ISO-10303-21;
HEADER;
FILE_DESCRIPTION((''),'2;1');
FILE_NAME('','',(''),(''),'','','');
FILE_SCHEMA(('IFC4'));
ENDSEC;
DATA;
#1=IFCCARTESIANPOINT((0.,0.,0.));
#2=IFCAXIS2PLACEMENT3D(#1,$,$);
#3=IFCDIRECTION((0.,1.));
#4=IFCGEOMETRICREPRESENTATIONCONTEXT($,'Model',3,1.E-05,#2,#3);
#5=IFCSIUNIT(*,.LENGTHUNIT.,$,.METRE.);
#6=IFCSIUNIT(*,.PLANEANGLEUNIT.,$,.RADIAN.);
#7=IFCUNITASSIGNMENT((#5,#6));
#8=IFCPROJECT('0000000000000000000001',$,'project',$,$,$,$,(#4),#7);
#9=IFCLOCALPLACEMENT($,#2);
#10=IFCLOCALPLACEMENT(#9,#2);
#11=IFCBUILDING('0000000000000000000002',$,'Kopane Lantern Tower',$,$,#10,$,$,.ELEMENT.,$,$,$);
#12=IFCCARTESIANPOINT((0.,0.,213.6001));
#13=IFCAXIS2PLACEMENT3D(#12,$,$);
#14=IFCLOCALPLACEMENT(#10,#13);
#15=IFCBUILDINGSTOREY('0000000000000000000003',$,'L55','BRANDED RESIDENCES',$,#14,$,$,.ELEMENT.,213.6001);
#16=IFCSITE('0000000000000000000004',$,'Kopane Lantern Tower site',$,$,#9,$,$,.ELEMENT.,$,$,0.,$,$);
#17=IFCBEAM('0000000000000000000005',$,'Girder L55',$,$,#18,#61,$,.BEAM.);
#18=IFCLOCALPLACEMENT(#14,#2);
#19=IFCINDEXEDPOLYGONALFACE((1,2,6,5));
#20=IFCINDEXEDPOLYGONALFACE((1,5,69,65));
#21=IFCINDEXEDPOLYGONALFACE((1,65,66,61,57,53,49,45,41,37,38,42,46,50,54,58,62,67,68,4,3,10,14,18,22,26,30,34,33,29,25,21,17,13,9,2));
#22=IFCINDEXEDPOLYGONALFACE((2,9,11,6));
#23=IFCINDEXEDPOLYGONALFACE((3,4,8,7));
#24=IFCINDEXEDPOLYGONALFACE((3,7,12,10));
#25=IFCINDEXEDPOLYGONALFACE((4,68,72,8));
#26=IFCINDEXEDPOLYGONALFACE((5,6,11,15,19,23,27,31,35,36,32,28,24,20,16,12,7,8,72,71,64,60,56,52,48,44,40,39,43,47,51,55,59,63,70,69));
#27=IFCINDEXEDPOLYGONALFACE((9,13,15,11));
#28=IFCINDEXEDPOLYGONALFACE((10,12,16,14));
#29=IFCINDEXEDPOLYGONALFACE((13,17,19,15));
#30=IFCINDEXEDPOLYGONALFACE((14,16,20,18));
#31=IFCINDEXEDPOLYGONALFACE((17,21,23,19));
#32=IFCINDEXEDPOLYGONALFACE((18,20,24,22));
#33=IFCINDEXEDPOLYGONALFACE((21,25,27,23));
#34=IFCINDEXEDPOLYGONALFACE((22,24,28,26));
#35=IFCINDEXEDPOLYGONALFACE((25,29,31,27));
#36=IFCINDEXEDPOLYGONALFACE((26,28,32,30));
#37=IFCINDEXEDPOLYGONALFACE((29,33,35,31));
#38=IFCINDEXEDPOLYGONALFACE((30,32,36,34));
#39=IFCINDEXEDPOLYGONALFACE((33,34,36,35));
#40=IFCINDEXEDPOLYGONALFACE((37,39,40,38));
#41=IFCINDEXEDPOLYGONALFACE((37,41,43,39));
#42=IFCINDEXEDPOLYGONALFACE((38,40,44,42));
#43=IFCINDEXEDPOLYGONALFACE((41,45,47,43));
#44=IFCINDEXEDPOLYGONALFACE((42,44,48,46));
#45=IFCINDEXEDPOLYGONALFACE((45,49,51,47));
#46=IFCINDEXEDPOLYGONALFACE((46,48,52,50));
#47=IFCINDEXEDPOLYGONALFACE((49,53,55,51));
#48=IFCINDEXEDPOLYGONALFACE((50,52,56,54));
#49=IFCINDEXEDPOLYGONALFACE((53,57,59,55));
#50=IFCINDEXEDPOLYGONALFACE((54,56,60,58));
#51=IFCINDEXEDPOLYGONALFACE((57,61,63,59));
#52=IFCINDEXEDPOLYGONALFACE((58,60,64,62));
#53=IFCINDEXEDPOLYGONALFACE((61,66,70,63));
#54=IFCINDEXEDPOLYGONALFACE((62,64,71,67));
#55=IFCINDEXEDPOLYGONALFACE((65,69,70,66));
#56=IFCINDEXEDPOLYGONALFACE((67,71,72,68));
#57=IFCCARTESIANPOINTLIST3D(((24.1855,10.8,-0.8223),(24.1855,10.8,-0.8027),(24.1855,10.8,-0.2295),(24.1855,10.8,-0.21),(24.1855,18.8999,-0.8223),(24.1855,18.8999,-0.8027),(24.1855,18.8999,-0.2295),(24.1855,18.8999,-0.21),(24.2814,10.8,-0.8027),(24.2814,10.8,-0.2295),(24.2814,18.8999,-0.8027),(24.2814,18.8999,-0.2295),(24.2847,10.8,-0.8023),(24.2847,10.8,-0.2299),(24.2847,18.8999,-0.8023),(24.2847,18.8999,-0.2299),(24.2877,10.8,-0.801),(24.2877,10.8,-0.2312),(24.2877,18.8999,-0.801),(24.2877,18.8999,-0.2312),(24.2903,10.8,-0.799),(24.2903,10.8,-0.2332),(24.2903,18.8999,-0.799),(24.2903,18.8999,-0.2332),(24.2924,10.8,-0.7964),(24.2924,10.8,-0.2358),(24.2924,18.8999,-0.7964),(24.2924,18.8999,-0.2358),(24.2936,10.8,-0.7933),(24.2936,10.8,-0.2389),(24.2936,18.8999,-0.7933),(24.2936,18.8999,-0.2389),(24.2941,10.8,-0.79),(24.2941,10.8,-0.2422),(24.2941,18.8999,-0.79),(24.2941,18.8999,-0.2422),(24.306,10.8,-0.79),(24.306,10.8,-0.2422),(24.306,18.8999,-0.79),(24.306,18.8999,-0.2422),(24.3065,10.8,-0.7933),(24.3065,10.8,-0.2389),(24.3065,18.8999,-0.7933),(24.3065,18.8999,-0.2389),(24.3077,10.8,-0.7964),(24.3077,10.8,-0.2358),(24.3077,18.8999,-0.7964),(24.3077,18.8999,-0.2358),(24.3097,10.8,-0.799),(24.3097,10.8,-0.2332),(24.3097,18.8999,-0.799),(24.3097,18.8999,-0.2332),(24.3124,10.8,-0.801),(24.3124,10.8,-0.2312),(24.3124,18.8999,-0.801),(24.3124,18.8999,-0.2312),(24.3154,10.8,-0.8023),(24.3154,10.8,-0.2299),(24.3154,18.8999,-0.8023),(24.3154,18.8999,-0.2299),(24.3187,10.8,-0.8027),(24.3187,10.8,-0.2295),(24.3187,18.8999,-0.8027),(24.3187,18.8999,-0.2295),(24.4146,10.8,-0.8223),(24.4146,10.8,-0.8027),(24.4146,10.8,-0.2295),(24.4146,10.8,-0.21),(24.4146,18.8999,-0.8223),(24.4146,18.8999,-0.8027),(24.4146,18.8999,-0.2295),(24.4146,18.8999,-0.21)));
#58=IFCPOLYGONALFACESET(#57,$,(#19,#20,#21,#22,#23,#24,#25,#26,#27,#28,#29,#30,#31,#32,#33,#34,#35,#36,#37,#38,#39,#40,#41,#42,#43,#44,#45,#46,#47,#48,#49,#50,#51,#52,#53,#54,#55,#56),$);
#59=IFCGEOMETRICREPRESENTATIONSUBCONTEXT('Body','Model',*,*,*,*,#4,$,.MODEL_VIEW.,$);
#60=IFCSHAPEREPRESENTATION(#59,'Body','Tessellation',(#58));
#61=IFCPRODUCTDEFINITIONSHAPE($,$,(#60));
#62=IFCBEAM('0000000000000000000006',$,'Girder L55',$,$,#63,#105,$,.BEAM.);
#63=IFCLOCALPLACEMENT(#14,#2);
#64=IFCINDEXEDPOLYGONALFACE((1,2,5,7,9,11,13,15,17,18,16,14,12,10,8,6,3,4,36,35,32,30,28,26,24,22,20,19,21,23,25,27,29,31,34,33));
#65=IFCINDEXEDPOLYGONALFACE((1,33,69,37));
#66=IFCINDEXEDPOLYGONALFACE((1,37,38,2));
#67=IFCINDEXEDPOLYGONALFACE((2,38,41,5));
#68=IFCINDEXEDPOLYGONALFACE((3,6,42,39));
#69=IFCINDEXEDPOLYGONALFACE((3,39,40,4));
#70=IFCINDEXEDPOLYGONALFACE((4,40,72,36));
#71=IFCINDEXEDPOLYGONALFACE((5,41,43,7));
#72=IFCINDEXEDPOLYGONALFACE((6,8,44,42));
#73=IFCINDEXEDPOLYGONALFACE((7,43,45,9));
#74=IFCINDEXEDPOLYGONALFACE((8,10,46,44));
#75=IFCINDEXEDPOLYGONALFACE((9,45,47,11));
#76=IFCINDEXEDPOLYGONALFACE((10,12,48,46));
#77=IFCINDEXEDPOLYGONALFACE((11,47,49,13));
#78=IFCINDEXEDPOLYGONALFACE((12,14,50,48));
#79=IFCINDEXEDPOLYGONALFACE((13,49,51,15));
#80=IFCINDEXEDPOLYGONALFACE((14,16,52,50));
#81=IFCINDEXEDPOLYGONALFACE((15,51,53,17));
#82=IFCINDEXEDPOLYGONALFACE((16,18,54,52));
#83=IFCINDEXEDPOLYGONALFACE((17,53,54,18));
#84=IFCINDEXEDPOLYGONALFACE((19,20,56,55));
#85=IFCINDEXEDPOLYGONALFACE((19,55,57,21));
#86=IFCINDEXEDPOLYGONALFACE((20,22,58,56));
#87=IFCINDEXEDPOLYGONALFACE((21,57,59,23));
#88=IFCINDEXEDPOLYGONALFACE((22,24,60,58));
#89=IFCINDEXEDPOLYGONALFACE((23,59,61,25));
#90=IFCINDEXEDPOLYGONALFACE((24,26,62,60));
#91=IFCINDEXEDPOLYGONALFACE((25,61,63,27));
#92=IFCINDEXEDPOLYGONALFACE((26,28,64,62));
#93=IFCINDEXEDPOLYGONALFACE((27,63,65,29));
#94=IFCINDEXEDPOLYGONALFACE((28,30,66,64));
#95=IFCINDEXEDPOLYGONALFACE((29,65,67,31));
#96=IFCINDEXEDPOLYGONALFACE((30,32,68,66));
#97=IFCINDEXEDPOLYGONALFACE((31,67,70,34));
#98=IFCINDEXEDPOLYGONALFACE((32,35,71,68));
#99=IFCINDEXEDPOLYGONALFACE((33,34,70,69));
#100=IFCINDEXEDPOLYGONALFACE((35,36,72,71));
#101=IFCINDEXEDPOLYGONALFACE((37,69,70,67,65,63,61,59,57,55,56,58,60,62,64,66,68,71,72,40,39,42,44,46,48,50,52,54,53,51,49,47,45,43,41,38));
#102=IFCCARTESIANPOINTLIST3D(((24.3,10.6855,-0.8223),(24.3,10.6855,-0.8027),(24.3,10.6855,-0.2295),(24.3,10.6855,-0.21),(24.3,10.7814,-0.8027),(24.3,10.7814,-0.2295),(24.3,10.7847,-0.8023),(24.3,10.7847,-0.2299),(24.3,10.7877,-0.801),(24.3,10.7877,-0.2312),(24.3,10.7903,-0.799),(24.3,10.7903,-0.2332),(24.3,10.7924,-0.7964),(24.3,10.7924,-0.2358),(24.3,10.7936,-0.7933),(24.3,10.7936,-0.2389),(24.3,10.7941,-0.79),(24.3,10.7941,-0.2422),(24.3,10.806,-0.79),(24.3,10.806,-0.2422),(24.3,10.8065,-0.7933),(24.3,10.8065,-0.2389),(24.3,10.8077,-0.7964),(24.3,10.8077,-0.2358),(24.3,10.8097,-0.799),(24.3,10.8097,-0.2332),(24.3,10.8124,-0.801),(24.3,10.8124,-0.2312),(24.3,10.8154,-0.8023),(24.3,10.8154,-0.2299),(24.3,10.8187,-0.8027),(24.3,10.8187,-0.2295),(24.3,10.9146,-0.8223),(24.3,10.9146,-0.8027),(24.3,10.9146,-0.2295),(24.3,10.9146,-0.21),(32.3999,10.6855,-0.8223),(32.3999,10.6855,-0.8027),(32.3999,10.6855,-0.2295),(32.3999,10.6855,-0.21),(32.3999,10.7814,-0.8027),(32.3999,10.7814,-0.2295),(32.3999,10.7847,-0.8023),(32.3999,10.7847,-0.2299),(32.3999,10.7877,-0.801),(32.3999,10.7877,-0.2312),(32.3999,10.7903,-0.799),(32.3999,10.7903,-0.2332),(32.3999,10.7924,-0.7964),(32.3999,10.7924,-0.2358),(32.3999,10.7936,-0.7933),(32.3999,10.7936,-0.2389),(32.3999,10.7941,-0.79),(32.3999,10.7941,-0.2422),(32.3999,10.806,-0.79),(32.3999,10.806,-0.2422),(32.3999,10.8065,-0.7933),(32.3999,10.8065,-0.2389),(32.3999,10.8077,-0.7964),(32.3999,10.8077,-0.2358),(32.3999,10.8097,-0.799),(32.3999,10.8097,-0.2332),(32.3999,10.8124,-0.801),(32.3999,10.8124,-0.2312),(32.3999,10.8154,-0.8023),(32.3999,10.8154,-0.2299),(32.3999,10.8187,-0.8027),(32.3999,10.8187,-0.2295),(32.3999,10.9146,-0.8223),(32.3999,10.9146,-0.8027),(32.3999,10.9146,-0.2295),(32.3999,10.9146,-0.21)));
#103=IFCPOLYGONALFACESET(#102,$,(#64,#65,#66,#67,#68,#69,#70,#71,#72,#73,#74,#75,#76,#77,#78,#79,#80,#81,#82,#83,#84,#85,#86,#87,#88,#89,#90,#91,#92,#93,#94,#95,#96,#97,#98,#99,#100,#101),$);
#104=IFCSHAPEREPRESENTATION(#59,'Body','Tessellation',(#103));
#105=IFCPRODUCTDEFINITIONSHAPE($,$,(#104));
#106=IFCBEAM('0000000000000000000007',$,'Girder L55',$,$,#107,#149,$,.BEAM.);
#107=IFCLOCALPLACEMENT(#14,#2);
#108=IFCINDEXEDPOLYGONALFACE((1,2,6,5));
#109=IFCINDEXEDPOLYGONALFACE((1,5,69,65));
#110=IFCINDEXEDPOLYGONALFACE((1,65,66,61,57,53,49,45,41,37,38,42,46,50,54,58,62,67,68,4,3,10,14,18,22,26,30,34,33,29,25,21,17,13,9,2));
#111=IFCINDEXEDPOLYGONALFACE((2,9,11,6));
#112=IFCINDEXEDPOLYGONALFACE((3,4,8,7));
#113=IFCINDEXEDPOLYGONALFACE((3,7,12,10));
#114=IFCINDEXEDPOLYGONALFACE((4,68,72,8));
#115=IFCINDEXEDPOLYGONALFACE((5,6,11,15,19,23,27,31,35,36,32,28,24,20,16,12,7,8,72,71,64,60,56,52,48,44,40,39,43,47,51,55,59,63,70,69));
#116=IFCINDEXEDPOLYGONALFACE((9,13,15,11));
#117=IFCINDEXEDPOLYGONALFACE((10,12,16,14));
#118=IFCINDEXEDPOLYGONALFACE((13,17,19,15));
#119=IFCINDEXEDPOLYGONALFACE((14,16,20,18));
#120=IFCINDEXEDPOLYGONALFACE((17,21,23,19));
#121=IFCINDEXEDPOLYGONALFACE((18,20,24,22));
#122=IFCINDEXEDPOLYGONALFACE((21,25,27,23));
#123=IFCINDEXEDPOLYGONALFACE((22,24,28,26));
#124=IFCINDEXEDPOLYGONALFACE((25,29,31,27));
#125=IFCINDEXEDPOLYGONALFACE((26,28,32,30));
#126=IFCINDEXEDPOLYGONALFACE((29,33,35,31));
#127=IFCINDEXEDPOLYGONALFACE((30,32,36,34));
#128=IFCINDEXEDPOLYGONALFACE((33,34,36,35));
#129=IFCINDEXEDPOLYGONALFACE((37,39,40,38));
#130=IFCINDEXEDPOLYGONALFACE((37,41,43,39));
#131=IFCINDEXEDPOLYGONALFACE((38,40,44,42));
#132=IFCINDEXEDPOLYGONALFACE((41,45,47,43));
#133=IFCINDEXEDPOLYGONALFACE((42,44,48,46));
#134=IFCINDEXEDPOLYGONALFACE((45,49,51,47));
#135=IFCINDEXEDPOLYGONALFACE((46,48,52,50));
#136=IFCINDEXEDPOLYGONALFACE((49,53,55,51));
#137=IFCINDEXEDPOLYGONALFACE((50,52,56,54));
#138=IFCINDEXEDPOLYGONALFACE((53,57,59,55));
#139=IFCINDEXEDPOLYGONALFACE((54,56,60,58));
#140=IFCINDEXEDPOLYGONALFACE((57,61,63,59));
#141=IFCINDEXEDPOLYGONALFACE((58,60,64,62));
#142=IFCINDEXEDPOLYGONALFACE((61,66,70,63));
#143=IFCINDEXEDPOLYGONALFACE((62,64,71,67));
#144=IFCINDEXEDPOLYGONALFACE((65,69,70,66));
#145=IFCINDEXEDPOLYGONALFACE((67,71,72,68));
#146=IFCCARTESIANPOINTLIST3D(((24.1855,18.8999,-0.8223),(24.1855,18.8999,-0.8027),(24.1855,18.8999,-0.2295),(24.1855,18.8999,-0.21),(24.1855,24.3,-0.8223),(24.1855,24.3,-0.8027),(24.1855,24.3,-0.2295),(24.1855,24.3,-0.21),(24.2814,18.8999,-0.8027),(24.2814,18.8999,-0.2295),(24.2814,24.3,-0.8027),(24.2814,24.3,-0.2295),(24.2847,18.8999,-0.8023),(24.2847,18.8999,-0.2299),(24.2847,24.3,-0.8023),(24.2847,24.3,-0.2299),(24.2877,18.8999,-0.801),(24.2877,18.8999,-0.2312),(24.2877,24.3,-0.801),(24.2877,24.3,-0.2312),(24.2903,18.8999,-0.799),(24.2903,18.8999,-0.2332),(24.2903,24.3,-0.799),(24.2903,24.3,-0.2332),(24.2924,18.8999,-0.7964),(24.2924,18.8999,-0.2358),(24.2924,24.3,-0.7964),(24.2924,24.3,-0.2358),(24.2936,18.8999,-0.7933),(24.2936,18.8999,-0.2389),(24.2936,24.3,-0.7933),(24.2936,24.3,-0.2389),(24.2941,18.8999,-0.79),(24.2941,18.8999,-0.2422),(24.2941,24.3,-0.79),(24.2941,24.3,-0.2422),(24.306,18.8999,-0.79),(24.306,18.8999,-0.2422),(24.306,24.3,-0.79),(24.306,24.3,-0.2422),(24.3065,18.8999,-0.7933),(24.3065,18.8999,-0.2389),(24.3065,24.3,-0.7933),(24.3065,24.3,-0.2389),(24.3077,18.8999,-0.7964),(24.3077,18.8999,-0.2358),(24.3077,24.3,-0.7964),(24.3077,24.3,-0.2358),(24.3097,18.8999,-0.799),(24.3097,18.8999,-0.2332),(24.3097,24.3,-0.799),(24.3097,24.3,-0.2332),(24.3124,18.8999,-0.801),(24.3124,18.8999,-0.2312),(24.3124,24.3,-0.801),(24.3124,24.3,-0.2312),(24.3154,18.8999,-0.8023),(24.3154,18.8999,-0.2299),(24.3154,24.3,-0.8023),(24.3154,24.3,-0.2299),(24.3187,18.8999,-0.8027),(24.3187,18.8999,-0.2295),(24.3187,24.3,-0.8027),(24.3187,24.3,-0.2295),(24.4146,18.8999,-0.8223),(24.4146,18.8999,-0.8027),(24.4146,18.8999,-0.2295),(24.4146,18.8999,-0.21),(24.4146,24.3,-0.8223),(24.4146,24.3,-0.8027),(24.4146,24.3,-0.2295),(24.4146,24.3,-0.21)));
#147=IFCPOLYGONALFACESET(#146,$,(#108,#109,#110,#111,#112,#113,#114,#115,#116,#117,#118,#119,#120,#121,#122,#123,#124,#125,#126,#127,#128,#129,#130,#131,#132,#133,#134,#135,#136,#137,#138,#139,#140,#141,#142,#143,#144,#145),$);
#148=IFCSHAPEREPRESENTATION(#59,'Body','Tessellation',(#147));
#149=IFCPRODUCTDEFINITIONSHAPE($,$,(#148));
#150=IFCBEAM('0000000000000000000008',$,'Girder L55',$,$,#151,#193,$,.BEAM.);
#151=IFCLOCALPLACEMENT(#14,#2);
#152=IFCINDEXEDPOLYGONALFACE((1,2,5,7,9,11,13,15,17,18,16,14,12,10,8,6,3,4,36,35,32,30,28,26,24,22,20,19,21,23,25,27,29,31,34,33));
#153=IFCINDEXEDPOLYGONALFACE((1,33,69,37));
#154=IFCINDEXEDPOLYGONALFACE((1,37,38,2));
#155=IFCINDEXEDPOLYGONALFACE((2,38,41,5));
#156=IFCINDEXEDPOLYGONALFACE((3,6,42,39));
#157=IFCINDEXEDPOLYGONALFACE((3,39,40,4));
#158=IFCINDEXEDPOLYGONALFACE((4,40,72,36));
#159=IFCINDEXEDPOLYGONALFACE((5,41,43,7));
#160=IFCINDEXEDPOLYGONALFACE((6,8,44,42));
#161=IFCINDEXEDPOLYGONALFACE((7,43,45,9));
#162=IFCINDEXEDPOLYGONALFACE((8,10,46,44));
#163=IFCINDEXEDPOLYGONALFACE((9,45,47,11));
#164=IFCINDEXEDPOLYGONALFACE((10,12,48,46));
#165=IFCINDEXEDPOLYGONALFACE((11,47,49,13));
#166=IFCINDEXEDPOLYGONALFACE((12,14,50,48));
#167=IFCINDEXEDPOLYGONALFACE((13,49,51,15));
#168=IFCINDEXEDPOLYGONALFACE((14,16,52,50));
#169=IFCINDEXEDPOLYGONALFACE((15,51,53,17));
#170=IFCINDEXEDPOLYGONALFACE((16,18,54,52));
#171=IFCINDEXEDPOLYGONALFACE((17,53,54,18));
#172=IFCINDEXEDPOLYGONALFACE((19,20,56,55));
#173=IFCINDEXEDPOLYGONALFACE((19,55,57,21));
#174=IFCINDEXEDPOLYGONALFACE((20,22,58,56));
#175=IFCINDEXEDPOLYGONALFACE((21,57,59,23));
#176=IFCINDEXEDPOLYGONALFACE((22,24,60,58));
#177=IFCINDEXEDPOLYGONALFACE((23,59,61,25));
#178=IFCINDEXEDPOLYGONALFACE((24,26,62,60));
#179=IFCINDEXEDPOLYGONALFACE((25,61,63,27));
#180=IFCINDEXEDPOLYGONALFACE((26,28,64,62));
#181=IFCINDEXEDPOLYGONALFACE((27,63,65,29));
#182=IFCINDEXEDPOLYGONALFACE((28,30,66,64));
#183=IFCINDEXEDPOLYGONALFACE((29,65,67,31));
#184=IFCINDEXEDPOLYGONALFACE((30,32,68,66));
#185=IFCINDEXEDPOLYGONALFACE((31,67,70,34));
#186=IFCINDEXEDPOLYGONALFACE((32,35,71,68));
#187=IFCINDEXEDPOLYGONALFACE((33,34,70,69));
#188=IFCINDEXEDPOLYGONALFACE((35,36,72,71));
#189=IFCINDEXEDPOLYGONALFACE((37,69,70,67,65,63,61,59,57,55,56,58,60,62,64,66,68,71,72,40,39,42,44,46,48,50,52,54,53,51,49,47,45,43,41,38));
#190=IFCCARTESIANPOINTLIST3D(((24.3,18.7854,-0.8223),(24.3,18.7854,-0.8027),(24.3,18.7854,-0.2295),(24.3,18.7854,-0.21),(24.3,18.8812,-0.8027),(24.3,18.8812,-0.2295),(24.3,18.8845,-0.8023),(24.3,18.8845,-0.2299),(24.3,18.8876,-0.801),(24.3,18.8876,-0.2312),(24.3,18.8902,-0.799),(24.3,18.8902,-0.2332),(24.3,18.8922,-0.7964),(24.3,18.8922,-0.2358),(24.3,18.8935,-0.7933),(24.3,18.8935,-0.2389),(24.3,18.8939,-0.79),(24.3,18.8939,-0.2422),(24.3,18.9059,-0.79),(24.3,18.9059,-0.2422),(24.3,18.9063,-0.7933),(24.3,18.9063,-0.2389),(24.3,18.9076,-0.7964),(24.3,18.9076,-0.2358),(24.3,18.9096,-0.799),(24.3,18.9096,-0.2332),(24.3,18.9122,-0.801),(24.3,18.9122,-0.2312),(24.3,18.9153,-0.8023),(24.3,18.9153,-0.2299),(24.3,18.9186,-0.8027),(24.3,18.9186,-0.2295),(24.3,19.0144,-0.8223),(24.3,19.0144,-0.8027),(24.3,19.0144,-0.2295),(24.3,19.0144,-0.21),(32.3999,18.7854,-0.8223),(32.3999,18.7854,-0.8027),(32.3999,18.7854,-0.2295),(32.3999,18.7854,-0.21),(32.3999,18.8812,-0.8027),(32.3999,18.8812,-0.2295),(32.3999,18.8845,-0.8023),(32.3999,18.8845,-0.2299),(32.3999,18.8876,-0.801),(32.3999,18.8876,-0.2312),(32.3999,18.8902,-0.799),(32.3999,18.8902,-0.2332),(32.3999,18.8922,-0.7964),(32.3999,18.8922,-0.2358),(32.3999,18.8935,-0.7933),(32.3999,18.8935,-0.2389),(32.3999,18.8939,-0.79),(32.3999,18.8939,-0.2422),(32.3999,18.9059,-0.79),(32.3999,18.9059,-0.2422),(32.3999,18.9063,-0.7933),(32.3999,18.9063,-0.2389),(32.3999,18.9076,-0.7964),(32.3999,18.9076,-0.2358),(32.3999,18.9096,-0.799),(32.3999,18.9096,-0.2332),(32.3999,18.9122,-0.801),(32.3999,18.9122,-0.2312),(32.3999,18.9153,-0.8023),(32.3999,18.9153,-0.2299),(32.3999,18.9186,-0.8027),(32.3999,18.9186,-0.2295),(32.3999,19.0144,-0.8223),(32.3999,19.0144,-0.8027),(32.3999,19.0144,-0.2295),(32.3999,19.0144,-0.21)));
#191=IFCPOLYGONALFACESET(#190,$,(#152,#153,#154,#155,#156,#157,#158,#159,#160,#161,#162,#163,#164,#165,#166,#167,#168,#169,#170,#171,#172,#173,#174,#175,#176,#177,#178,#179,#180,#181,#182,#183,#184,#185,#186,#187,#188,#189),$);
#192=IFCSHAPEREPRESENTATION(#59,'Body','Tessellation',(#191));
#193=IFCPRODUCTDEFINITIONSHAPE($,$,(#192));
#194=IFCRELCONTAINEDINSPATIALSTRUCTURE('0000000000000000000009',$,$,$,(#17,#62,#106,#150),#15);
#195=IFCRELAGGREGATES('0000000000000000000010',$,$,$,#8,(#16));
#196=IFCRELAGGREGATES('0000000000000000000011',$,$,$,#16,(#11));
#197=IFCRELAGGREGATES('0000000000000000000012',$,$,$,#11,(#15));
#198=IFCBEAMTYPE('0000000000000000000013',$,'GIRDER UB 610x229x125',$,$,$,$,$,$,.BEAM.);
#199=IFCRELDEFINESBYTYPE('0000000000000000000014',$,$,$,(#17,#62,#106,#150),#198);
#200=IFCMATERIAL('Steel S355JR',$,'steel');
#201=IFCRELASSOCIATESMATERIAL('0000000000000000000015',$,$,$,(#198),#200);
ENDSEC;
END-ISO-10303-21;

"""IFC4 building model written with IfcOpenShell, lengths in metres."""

from ifc_helpers import new_model, si_unit, direction, frame, origin, origin_2d, place, context, subcontext, project, spatial, i_section, extrude, material, material_profile, profile_set, type_object, element, save


model = new_model("IFC4")

# Units and contexts
model_context = context("Model", 3, precision=1e-05, world=origin(), true_north=direction((0.0, 1.0)))
body_context = subcontext(model_context, "Body", "Model", "MODEL_VIEW")
ifc_project = project(units=[si_unit("LENGTHUNIT", "METRE"), si_unit("PLANEANGLEUNIT", "RADIAN")], contexts=[model_context])

# Site, building, storey
site_placement = place(None, origin())
site = spatial("IfcSite", under=ifc_project, at=site_placement, Name="Kopane Lantern Tower site", CompositionType="ELEMENT", RefElevation=0.0)
building_placement = place(site_placement, origin())
building = spatial("IfcBuilding", under=site, at=building_placement, Name="Kopane Lantern Tower", CompositionType="ELEMENT")
storey_placement = place(building_placement, frame((0.0, 0.0, 213.6001)))
storey = spatial("IfcBuildingStorey", under=building, at=storey_placement, Name="L55", Description="BRANDED RESIDENCES", CompositionType="ELEMENT", Elevation=213.6001)

# Beams
ifc_material_1 = material(Name="Steel S355JR", Category="steel")
ifc_material_profile_1 = material_profile(ifc_material_1, i_section(OverallWidth=0.229, OverallDepth=0.6123, WebThickness=0.012, FlangeThickness=0.0195, FilletRadius=0.0127, at=origin_2d()), Name="UB 610x229x125")
ifc_profile_set_1 = profile_set([ifc_material_profile_1], Name="Steel S355JR")
beam_type = type_object("IfcBeamType", Name="GIRDER UB 610x229x125", PredefinedType="BEAM", material=ifc_profile_set_1)
for number, where, z_axis, x_axis, name in (
    (1, (24.3, 10.8, -0.5161), (0.0, 1.0, 0.0), (-1.0, 0.0, 0.0), "Girder L55"),
    (2, (24.3, 10.8, -0.5161), (1.0, 0.0, 0.0), (0.0, 1.0, 0.0), "Girder L55"),
):
    element("IfcBeam", number, at=place(storey_placement, frame(where, z_axis=z_axis, x_axis=x_axis)), inside=storey, type_object=beam_type, Name=name, PredefinedType="BEAM", context=body_context, shape_type="SweptSolid", body=[
        extrude(i_section(OverallWidth=0.229, OverallDepth=0.6123, WebThickness=0.012, FlangeThickness=0.0195, FilletRadius=0.0127, at=origin_2d()), origin(), (0.0, 0.0, 1.0), 8.0999),
    ])
beam_1_placement = place(storey_placement, frame((24.3, 18.8999, -0.5161), z_axis=(0.0, 1.0, 0.0), x_axis=(-1.0, 0.0, 0.0)))
element("IfcBeam", 3, at=beam_1_placement, inside=storey, type_object=beam_type, Name="Girder L55", PredefinedType="BEAM", context=body_context, shape_type="SweptSolid", body=[
    extrude(i_section(OverallWidth=0.229, OverallDepth=0.6123, WebThickness=0.012, FlangeThickness=0.0195, FilletRadius=0.0127, at=origin_2d()), origin(), (0.0, 0.0, 1.0), 5.4001),
])
beam_2_placement = place(storey_placement, frame((24.3, 18.8999, -0.5161), z_axis=(1.0, 0.0, 0.0), x_axis=(0.0, 1.0, 0.0)))
element("IfcBeam", 4, at=beam_2_placement, inside=storey, type_object=beam_type, Name="Girder L55", PredefinedType="BEAM", context=body_context, shape_type="SweptSolid", body=[
    extrude(i_section(OverallWidth=0.229, OverallDepth=0.6123, WebThickness=0.012, FlangeThickness=0.0195, FilletRadius=0.0127, at=origin_2d()), origin(), (0.0, 0.0, 1.0), 8.0999),
])

save(model, "model.ifc")
